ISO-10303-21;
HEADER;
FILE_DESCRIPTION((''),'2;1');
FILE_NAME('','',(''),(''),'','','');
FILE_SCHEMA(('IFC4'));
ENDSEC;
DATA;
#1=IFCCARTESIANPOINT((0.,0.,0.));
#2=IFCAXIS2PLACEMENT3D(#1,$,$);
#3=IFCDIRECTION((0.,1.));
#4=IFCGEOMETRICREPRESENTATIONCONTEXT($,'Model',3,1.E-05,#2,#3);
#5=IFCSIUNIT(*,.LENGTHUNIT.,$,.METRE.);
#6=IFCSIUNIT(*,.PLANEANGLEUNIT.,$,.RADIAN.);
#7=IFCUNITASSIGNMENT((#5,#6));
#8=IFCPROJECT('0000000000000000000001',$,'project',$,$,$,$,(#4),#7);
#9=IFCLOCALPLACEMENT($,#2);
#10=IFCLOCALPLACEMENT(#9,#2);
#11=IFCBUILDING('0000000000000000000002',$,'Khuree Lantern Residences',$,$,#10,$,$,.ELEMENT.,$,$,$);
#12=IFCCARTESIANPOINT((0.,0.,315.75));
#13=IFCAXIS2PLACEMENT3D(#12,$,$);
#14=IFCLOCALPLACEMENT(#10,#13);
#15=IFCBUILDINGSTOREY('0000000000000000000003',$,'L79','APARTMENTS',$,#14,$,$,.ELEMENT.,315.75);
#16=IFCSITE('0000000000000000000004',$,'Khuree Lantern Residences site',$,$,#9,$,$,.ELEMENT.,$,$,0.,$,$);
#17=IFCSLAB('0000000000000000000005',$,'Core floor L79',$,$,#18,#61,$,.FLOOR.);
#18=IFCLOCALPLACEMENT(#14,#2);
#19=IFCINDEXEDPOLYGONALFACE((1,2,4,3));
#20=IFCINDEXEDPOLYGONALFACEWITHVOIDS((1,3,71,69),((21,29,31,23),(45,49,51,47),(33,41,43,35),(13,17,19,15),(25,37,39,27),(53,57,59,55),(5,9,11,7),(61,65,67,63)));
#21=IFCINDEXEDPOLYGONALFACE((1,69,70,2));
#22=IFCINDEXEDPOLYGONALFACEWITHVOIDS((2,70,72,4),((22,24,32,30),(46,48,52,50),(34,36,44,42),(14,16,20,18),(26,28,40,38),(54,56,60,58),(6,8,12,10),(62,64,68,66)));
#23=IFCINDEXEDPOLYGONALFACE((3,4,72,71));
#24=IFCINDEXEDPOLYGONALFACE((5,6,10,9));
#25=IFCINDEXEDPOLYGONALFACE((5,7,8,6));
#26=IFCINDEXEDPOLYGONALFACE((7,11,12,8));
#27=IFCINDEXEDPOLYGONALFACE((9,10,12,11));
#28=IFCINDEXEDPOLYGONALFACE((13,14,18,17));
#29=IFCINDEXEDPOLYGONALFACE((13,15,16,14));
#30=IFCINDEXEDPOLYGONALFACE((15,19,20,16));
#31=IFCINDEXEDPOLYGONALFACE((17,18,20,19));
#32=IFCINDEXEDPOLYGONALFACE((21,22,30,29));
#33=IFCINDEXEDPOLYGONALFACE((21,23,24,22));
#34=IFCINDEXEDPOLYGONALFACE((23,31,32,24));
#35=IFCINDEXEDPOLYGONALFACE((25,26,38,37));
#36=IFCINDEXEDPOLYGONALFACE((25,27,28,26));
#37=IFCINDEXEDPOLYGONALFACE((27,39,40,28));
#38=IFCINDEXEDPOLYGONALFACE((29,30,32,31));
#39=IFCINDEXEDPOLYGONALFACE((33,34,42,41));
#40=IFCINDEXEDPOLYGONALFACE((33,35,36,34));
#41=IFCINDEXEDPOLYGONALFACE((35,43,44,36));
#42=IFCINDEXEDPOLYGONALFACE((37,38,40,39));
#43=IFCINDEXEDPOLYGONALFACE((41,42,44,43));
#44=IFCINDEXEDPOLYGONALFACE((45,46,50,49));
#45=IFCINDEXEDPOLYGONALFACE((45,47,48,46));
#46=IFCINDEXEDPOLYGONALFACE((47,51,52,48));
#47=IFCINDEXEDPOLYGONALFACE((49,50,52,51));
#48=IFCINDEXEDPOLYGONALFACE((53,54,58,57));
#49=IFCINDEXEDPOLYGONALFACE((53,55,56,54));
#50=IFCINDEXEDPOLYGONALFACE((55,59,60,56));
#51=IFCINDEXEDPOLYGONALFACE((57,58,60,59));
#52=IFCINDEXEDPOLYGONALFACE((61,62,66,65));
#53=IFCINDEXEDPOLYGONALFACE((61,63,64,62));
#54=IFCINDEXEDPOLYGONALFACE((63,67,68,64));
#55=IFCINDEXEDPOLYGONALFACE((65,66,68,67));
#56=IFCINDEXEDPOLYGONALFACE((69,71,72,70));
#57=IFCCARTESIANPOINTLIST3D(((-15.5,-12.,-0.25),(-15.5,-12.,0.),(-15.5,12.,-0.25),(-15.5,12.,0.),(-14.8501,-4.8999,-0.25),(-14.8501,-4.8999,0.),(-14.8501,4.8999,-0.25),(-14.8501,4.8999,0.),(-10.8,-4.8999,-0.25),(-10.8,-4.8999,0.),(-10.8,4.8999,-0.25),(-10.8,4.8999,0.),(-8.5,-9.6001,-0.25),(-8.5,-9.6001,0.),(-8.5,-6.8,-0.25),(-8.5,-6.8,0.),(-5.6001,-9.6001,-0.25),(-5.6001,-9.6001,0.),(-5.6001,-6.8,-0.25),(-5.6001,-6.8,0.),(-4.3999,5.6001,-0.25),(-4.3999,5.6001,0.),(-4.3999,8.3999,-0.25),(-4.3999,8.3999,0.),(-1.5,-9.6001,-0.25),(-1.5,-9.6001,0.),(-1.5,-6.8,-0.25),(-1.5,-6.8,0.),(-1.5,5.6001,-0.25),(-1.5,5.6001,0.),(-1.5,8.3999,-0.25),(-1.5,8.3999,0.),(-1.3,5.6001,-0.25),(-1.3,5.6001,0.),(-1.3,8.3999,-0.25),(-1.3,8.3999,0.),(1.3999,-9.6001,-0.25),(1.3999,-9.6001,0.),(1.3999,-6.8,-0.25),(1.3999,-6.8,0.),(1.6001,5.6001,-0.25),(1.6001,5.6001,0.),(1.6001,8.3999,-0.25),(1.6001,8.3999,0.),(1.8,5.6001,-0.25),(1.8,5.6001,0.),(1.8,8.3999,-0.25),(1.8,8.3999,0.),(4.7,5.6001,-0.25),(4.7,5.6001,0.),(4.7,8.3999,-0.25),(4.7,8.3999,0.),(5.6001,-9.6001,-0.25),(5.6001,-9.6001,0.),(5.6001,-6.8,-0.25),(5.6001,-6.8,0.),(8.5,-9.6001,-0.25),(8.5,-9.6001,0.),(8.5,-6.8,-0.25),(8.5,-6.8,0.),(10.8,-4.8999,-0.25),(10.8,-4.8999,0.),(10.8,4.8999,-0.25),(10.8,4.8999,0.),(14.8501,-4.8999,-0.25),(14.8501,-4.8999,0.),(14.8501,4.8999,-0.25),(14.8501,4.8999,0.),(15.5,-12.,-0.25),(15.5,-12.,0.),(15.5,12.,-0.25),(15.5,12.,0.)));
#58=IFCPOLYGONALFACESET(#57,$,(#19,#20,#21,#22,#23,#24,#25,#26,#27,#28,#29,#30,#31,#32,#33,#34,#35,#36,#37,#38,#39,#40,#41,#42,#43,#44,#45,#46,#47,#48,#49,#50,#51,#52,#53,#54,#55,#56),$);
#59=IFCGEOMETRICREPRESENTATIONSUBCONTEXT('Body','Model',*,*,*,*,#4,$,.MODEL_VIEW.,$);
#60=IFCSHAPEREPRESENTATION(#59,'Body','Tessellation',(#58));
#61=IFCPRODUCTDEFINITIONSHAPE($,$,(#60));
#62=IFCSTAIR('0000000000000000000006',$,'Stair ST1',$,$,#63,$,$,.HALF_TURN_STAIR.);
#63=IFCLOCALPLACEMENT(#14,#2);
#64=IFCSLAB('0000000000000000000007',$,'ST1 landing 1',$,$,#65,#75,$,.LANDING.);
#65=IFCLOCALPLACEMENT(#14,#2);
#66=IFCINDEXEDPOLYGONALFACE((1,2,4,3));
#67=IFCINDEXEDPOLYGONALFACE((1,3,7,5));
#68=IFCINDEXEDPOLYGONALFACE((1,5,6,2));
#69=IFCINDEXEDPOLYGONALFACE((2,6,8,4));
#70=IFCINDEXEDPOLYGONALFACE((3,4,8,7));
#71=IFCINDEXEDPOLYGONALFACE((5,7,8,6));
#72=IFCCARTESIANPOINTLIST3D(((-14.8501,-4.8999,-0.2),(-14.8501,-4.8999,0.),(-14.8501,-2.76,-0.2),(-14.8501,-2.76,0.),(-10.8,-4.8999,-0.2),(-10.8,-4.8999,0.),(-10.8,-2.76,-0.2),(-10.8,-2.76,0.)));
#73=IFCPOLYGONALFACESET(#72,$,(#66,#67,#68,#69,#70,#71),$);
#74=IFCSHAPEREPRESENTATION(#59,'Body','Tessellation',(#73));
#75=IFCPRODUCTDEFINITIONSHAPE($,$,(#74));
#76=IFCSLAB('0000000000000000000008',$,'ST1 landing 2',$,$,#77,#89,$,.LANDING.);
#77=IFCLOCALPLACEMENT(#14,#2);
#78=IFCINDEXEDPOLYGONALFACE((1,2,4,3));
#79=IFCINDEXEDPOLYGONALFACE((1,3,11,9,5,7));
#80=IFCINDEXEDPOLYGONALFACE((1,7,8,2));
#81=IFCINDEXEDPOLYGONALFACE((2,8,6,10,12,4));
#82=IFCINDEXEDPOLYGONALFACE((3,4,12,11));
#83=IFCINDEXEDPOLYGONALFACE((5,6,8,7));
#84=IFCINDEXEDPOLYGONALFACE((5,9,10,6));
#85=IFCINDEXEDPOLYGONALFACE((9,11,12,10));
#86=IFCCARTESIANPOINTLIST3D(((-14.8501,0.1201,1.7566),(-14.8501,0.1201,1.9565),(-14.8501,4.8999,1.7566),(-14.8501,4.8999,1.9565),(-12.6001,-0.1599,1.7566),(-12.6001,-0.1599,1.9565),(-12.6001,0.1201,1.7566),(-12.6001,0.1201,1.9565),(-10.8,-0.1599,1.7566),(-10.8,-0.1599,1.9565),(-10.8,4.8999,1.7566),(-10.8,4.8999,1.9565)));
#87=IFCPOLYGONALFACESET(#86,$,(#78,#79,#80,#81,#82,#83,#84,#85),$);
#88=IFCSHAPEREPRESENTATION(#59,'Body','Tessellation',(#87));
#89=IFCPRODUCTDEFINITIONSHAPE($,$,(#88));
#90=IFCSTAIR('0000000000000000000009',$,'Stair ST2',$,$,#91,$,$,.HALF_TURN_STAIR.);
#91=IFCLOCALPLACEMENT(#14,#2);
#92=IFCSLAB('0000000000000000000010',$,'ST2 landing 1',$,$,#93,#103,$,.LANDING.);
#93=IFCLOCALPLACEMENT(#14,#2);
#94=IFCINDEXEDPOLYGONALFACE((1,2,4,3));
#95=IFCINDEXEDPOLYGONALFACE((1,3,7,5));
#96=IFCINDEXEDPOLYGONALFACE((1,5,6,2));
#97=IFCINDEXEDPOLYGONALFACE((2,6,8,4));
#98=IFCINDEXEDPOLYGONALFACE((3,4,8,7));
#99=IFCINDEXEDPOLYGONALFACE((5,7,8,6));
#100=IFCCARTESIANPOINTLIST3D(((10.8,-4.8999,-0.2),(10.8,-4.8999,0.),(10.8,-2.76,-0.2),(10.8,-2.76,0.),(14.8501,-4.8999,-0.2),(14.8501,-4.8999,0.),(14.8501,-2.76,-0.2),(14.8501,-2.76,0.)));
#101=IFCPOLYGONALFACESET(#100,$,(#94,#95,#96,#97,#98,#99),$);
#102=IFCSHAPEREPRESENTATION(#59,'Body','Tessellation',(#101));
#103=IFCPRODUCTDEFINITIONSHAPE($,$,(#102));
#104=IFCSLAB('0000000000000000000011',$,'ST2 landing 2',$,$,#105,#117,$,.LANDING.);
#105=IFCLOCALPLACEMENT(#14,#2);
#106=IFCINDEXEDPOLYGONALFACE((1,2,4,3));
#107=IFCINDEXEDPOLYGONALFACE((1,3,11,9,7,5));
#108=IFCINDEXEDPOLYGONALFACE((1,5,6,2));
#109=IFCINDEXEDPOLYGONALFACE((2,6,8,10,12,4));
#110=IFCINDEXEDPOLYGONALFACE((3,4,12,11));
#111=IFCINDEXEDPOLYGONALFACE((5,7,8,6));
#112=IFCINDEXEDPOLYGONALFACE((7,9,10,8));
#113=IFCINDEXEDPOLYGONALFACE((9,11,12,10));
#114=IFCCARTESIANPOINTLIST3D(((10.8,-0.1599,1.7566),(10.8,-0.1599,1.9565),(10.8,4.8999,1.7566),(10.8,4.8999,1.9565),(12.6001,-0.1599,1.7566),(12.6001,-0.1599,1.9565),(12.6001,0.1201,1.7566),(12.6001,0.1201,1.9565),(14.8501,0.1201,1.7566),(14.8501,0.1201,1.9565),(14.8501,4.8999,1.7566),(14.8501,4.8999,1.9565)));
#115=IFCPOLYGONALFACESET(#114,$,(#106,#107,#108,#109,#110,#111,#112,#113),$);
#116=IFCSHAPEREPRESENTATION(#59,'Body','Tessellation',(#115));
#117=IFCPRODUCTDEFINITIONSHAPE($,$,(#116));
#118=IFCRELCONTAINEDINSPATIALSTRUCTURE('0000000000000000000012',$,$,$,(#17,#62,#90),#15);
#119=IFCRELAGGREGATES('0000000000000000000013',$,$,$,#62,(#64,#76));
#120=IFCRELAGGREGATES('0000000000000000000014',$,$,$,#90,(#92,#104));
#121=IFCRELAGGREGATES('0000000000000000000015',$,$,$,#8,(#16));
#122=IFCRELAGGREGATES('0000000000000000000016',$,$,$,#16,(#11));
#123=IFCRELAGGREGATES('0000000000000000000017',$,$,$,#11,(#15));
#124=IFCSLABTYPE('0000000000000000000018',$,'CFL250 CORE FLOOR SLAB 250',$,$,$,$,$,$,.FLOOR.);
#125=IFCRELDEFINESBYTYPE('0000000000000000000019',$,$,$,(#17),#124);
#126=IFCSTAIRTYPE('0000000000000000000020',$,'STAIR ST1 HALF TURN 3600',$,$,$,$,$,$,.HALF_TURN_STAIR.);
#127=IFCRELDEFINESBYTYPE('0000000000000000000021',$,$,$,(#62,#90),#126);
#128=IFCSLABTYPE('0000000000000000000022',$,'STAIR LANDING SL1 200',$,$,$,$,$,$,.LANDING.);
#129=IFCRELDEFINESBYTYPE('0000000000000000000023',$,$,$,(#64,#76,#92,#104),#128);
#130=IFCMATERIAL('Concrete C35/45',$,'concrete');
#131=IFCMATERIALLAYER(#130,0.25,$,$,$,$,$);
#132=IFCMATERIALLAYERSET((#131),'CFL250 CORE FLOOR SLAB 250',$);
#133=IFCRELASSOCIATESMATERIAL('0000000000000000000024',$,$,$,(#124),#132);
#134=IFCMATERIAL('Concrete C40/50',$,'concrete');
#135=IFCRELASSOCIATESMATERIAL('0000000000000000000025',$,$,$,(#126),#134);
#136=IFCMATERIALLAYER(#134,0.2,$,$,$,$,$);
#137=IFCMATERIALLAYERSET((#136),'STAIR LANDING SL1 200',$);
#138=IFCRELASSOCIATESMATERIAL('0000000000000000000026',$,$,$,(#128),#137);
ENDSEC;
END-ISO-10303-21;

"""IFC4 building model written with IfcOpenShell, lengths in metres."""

from ifc_helpers import new_model, si_unit, direction, frame, origin, place, context, subcontext, project, spatial, polyline, outline, extrude, material, layer, layer_set, type_object, element, aggregate, save


model = new_model("IFC4")

# Units and contexts
model_context = context("Model", 3, precision=1e-05, world=origin(), true_north=direction((0.0, 1.0)))
body_context = subcontext(model_context, "Body", "Model", "MODEL_VIEW")
ifc_project = project(units=[si_unit("LENGTHUNIT", "METRE"), si_unit("PLANEANGLEUNIT", "RADIAN")], contexts=[model_context])

# Site, building, storey
site_placement = place(None, origin())
site = spatial("IfcSite", under=ifc_project, at=site_placement, Name="Khuree Lantern Residences site", CompositionType="ELEMENT", RefElevation=0.0)
building_placement = place(site_placement, origin())
building = spatial("IfcBuilding", under=site, at=building_placement, Name="Khuree Lantern Residences", CompositionType="ELEMENT")
storey_placement = place(building_placement, frame((0.0, 0.0, 315.75)))
storey = spatial("IfcBuildingStorey", under=building, at=storey_placement, Name="L79", Description="APARTMENTS", CompositionType="ELEMENT", Elevation=315.75)

# Slab
ifc_material_1 = material(Name="Concrete C35/45", Category="concrete")
ifc_layer_1 = layer(ifc_material_1, 0.25)
ifc_layer_set_1 = layer_set([ifc_layer_1], Name="CFL250 CORE FLOOR SLAB 250")
slab_type_1 = type_object("IfcSlabType", Name="CFL250 CORE FLOOR SLAB 250", PredefinedType="FLOOR", material=ifc_layer_set_1)
slab_1_placement = place(storey_placement, frame((0.0, 0.0, -0.25)))
element("IfcSlab", 1, at=slab_1_placement, inside=storey, type_object=slab_type_1, Name="Core floor L79", PredefinedType="FLOOR", context=body_context, shape_type="SweptSolid", body=[
    extrude(outline(polyline([(-15.5, -12.0), (-15.5, 12.0), (15.5, 12.0), (15.5, -12.0), (-15.5, -12.0)]), holes=[polyline([(10.8, 4.8999), (10.8, -4.8999), (14.8501, -4.8999), (14.8501, 4.8999), (10.8, 4.8999)]), polyline([(5.6001, -6.8), (5.6001, -9.6001), (8.5, -9.6001), (8.5, -6.8), (5.6001, -6.8)]), polyline([(1.8, 8.3999), (1.8, 5.6001), (4.7, 5.6001), (4.7, 8.3999), (1.8, 8.3999)]), polyline([(-1.3, 8.3999), (-1.3, 5.6001), (1.6001, 5.6001), (1.6001, 8.3999), (-1.3, 8.3999)]), polyline([(-1.5, -6.8), (-1.5, -9.6001), (1.3999, -9.6001), (1.3999, -6.8), (-1.5, -6.8)]), polyline([(-4.3999, 8.3999), (-4.3999, 5.6001), (-1.5, 5.6001), (-1.5, 8.3999), (-4.3999, 8.3999)]), polyline([(-8.5, -6.8), (-8.5, -9.6001), (-5.6001, -9.6001), (-5.6001, -6.8), (-8.5, -6.8)]), polyline([(-14.8501, 4.8999), (-14.8501, -4.8999), (-10.8, -4.8999), (-10.8, 4.8999), (-14.8501, 4.8999)])]), origin(), (0.0, 0.0, 1.0), 0.25),
])

# Stairs, slabs
ifc_material_2 = material(Name="Concrete C40/50", Category="concrete")
stair_type = type_object("IfcStairType", Name="STAIR ST1 HALF TURN 3600", PredefinedType="HALF_TURN_STAIR", material=ifc_material_2)
stair_1_placement = place(storey_placement, origin())
stair_1 = element("IfcStair", 2, at=stair_1_placement, inside=storey, type_object=stair_type, Name="Stair ST1", PredefinedType="HALF_TURN_STAIR")
ifc_layer_2 = layer(ifc_material_2, 0.2)
ifc_layer_set_2 = layer_set([ifc_layer_2], Name="STAIR LANDING SL1 200")
slab_type_2 = type_object("IfcSlabType", Name="STAIR LANDING SL1 200", PredefinedType="LANDING", material=ifc_layer_set_2)
slab_2_placement = place(storey_placement, frame((0.0, 0.0, -0.2)))
slab_2 = element("IfcSlab", 3, at=slab_2_placement, type_object=slab_type_2, Name="ST1 landing 1", PredefinedType="LANDING", context=body_context, shape_type="SweptSolid", body=[
    extrude(outline(polyline([(-14.8501, -4.8999), (-10.8, -4.8999), (-10.8, -2.76), (-14.8501, -2.76), (-14.8501, -4.8999)])), origin(), (0.0, 0.0, 1.0), 0.2),
])
slab_3_placement = place(storey_placement, frame((0.0, 0.0, 1.7566)))
slab_3 = element("IfcSlab", 4, at=slab_3_placement, type_object=slab_type_2, Name="ST1 landing 2", PredefinedType="LANDING", context=body_context, shape_type="SweptSolid", body=[
    extrude(outline(polyline([(-14.8501, 0.1201), (-14.8501, 4.8999), (-10.8, 4.8999), (-10.8, -0.1599), (-12.6001, -0.1599), (-12.6001, 0.1201), (-14.8501, 0.1201)])), origin(), (0.0, 0.0, 1.0), 0.2),
])
aggregate(stair_1, [slab_2, slab_3])
stair_2_placement = place(storey_placement, origin())
stair_2 = element("IfcStair", 5, at=stair_2_placement, inside=storey, type_object=stair_type, Name="Stair ST2", PredefinedType="HALF_TURN_STAIR")
slab_4_placement = place(storey_placement, frame((0.0, 0.0, -0.2)))
slab_4 = element("IfcSlab", 6, at=slab_4_placement, type_object=slab_type_2, Name="ST2 landing 1", PredefinedType="LANDING", context=body_context, shape_type="SweptSolid", body=[
    extrude(outline(polyline([(10.8, -4.8999), (14.8501, -4.8999), (14.8501, -2.76), (10.8, -2.76), (10.8, -4.8999)])), origin(), (0.0, 0.0, 1.0), 0.2),
])
slab_5_placement = place(storey_placement, frame((0.0, 0.0, 1.7566)))
slab_5 = element("IfcSlab", 7, at=slab_5_placement, type_object=slab_type_2, Name="ST2 landing 2", PredefinedType="LANDING", context=body_context, shape_type="SweptSolid", body=[
    extrude(outline(polyline([(14.8501, 4.8999), (14.8501, 0.1201), (12.6001, 0.1201), (12.6001, -0.1599), (10.8, -0.1599), (10.8, 4.8999), (14.8501, 4.8999)])), origin(), (0.0, 0.0, 1.0), 0.2),
])
aggregate(stair_2, [slab_4, slab_5])

save(model, "model.ifc")
